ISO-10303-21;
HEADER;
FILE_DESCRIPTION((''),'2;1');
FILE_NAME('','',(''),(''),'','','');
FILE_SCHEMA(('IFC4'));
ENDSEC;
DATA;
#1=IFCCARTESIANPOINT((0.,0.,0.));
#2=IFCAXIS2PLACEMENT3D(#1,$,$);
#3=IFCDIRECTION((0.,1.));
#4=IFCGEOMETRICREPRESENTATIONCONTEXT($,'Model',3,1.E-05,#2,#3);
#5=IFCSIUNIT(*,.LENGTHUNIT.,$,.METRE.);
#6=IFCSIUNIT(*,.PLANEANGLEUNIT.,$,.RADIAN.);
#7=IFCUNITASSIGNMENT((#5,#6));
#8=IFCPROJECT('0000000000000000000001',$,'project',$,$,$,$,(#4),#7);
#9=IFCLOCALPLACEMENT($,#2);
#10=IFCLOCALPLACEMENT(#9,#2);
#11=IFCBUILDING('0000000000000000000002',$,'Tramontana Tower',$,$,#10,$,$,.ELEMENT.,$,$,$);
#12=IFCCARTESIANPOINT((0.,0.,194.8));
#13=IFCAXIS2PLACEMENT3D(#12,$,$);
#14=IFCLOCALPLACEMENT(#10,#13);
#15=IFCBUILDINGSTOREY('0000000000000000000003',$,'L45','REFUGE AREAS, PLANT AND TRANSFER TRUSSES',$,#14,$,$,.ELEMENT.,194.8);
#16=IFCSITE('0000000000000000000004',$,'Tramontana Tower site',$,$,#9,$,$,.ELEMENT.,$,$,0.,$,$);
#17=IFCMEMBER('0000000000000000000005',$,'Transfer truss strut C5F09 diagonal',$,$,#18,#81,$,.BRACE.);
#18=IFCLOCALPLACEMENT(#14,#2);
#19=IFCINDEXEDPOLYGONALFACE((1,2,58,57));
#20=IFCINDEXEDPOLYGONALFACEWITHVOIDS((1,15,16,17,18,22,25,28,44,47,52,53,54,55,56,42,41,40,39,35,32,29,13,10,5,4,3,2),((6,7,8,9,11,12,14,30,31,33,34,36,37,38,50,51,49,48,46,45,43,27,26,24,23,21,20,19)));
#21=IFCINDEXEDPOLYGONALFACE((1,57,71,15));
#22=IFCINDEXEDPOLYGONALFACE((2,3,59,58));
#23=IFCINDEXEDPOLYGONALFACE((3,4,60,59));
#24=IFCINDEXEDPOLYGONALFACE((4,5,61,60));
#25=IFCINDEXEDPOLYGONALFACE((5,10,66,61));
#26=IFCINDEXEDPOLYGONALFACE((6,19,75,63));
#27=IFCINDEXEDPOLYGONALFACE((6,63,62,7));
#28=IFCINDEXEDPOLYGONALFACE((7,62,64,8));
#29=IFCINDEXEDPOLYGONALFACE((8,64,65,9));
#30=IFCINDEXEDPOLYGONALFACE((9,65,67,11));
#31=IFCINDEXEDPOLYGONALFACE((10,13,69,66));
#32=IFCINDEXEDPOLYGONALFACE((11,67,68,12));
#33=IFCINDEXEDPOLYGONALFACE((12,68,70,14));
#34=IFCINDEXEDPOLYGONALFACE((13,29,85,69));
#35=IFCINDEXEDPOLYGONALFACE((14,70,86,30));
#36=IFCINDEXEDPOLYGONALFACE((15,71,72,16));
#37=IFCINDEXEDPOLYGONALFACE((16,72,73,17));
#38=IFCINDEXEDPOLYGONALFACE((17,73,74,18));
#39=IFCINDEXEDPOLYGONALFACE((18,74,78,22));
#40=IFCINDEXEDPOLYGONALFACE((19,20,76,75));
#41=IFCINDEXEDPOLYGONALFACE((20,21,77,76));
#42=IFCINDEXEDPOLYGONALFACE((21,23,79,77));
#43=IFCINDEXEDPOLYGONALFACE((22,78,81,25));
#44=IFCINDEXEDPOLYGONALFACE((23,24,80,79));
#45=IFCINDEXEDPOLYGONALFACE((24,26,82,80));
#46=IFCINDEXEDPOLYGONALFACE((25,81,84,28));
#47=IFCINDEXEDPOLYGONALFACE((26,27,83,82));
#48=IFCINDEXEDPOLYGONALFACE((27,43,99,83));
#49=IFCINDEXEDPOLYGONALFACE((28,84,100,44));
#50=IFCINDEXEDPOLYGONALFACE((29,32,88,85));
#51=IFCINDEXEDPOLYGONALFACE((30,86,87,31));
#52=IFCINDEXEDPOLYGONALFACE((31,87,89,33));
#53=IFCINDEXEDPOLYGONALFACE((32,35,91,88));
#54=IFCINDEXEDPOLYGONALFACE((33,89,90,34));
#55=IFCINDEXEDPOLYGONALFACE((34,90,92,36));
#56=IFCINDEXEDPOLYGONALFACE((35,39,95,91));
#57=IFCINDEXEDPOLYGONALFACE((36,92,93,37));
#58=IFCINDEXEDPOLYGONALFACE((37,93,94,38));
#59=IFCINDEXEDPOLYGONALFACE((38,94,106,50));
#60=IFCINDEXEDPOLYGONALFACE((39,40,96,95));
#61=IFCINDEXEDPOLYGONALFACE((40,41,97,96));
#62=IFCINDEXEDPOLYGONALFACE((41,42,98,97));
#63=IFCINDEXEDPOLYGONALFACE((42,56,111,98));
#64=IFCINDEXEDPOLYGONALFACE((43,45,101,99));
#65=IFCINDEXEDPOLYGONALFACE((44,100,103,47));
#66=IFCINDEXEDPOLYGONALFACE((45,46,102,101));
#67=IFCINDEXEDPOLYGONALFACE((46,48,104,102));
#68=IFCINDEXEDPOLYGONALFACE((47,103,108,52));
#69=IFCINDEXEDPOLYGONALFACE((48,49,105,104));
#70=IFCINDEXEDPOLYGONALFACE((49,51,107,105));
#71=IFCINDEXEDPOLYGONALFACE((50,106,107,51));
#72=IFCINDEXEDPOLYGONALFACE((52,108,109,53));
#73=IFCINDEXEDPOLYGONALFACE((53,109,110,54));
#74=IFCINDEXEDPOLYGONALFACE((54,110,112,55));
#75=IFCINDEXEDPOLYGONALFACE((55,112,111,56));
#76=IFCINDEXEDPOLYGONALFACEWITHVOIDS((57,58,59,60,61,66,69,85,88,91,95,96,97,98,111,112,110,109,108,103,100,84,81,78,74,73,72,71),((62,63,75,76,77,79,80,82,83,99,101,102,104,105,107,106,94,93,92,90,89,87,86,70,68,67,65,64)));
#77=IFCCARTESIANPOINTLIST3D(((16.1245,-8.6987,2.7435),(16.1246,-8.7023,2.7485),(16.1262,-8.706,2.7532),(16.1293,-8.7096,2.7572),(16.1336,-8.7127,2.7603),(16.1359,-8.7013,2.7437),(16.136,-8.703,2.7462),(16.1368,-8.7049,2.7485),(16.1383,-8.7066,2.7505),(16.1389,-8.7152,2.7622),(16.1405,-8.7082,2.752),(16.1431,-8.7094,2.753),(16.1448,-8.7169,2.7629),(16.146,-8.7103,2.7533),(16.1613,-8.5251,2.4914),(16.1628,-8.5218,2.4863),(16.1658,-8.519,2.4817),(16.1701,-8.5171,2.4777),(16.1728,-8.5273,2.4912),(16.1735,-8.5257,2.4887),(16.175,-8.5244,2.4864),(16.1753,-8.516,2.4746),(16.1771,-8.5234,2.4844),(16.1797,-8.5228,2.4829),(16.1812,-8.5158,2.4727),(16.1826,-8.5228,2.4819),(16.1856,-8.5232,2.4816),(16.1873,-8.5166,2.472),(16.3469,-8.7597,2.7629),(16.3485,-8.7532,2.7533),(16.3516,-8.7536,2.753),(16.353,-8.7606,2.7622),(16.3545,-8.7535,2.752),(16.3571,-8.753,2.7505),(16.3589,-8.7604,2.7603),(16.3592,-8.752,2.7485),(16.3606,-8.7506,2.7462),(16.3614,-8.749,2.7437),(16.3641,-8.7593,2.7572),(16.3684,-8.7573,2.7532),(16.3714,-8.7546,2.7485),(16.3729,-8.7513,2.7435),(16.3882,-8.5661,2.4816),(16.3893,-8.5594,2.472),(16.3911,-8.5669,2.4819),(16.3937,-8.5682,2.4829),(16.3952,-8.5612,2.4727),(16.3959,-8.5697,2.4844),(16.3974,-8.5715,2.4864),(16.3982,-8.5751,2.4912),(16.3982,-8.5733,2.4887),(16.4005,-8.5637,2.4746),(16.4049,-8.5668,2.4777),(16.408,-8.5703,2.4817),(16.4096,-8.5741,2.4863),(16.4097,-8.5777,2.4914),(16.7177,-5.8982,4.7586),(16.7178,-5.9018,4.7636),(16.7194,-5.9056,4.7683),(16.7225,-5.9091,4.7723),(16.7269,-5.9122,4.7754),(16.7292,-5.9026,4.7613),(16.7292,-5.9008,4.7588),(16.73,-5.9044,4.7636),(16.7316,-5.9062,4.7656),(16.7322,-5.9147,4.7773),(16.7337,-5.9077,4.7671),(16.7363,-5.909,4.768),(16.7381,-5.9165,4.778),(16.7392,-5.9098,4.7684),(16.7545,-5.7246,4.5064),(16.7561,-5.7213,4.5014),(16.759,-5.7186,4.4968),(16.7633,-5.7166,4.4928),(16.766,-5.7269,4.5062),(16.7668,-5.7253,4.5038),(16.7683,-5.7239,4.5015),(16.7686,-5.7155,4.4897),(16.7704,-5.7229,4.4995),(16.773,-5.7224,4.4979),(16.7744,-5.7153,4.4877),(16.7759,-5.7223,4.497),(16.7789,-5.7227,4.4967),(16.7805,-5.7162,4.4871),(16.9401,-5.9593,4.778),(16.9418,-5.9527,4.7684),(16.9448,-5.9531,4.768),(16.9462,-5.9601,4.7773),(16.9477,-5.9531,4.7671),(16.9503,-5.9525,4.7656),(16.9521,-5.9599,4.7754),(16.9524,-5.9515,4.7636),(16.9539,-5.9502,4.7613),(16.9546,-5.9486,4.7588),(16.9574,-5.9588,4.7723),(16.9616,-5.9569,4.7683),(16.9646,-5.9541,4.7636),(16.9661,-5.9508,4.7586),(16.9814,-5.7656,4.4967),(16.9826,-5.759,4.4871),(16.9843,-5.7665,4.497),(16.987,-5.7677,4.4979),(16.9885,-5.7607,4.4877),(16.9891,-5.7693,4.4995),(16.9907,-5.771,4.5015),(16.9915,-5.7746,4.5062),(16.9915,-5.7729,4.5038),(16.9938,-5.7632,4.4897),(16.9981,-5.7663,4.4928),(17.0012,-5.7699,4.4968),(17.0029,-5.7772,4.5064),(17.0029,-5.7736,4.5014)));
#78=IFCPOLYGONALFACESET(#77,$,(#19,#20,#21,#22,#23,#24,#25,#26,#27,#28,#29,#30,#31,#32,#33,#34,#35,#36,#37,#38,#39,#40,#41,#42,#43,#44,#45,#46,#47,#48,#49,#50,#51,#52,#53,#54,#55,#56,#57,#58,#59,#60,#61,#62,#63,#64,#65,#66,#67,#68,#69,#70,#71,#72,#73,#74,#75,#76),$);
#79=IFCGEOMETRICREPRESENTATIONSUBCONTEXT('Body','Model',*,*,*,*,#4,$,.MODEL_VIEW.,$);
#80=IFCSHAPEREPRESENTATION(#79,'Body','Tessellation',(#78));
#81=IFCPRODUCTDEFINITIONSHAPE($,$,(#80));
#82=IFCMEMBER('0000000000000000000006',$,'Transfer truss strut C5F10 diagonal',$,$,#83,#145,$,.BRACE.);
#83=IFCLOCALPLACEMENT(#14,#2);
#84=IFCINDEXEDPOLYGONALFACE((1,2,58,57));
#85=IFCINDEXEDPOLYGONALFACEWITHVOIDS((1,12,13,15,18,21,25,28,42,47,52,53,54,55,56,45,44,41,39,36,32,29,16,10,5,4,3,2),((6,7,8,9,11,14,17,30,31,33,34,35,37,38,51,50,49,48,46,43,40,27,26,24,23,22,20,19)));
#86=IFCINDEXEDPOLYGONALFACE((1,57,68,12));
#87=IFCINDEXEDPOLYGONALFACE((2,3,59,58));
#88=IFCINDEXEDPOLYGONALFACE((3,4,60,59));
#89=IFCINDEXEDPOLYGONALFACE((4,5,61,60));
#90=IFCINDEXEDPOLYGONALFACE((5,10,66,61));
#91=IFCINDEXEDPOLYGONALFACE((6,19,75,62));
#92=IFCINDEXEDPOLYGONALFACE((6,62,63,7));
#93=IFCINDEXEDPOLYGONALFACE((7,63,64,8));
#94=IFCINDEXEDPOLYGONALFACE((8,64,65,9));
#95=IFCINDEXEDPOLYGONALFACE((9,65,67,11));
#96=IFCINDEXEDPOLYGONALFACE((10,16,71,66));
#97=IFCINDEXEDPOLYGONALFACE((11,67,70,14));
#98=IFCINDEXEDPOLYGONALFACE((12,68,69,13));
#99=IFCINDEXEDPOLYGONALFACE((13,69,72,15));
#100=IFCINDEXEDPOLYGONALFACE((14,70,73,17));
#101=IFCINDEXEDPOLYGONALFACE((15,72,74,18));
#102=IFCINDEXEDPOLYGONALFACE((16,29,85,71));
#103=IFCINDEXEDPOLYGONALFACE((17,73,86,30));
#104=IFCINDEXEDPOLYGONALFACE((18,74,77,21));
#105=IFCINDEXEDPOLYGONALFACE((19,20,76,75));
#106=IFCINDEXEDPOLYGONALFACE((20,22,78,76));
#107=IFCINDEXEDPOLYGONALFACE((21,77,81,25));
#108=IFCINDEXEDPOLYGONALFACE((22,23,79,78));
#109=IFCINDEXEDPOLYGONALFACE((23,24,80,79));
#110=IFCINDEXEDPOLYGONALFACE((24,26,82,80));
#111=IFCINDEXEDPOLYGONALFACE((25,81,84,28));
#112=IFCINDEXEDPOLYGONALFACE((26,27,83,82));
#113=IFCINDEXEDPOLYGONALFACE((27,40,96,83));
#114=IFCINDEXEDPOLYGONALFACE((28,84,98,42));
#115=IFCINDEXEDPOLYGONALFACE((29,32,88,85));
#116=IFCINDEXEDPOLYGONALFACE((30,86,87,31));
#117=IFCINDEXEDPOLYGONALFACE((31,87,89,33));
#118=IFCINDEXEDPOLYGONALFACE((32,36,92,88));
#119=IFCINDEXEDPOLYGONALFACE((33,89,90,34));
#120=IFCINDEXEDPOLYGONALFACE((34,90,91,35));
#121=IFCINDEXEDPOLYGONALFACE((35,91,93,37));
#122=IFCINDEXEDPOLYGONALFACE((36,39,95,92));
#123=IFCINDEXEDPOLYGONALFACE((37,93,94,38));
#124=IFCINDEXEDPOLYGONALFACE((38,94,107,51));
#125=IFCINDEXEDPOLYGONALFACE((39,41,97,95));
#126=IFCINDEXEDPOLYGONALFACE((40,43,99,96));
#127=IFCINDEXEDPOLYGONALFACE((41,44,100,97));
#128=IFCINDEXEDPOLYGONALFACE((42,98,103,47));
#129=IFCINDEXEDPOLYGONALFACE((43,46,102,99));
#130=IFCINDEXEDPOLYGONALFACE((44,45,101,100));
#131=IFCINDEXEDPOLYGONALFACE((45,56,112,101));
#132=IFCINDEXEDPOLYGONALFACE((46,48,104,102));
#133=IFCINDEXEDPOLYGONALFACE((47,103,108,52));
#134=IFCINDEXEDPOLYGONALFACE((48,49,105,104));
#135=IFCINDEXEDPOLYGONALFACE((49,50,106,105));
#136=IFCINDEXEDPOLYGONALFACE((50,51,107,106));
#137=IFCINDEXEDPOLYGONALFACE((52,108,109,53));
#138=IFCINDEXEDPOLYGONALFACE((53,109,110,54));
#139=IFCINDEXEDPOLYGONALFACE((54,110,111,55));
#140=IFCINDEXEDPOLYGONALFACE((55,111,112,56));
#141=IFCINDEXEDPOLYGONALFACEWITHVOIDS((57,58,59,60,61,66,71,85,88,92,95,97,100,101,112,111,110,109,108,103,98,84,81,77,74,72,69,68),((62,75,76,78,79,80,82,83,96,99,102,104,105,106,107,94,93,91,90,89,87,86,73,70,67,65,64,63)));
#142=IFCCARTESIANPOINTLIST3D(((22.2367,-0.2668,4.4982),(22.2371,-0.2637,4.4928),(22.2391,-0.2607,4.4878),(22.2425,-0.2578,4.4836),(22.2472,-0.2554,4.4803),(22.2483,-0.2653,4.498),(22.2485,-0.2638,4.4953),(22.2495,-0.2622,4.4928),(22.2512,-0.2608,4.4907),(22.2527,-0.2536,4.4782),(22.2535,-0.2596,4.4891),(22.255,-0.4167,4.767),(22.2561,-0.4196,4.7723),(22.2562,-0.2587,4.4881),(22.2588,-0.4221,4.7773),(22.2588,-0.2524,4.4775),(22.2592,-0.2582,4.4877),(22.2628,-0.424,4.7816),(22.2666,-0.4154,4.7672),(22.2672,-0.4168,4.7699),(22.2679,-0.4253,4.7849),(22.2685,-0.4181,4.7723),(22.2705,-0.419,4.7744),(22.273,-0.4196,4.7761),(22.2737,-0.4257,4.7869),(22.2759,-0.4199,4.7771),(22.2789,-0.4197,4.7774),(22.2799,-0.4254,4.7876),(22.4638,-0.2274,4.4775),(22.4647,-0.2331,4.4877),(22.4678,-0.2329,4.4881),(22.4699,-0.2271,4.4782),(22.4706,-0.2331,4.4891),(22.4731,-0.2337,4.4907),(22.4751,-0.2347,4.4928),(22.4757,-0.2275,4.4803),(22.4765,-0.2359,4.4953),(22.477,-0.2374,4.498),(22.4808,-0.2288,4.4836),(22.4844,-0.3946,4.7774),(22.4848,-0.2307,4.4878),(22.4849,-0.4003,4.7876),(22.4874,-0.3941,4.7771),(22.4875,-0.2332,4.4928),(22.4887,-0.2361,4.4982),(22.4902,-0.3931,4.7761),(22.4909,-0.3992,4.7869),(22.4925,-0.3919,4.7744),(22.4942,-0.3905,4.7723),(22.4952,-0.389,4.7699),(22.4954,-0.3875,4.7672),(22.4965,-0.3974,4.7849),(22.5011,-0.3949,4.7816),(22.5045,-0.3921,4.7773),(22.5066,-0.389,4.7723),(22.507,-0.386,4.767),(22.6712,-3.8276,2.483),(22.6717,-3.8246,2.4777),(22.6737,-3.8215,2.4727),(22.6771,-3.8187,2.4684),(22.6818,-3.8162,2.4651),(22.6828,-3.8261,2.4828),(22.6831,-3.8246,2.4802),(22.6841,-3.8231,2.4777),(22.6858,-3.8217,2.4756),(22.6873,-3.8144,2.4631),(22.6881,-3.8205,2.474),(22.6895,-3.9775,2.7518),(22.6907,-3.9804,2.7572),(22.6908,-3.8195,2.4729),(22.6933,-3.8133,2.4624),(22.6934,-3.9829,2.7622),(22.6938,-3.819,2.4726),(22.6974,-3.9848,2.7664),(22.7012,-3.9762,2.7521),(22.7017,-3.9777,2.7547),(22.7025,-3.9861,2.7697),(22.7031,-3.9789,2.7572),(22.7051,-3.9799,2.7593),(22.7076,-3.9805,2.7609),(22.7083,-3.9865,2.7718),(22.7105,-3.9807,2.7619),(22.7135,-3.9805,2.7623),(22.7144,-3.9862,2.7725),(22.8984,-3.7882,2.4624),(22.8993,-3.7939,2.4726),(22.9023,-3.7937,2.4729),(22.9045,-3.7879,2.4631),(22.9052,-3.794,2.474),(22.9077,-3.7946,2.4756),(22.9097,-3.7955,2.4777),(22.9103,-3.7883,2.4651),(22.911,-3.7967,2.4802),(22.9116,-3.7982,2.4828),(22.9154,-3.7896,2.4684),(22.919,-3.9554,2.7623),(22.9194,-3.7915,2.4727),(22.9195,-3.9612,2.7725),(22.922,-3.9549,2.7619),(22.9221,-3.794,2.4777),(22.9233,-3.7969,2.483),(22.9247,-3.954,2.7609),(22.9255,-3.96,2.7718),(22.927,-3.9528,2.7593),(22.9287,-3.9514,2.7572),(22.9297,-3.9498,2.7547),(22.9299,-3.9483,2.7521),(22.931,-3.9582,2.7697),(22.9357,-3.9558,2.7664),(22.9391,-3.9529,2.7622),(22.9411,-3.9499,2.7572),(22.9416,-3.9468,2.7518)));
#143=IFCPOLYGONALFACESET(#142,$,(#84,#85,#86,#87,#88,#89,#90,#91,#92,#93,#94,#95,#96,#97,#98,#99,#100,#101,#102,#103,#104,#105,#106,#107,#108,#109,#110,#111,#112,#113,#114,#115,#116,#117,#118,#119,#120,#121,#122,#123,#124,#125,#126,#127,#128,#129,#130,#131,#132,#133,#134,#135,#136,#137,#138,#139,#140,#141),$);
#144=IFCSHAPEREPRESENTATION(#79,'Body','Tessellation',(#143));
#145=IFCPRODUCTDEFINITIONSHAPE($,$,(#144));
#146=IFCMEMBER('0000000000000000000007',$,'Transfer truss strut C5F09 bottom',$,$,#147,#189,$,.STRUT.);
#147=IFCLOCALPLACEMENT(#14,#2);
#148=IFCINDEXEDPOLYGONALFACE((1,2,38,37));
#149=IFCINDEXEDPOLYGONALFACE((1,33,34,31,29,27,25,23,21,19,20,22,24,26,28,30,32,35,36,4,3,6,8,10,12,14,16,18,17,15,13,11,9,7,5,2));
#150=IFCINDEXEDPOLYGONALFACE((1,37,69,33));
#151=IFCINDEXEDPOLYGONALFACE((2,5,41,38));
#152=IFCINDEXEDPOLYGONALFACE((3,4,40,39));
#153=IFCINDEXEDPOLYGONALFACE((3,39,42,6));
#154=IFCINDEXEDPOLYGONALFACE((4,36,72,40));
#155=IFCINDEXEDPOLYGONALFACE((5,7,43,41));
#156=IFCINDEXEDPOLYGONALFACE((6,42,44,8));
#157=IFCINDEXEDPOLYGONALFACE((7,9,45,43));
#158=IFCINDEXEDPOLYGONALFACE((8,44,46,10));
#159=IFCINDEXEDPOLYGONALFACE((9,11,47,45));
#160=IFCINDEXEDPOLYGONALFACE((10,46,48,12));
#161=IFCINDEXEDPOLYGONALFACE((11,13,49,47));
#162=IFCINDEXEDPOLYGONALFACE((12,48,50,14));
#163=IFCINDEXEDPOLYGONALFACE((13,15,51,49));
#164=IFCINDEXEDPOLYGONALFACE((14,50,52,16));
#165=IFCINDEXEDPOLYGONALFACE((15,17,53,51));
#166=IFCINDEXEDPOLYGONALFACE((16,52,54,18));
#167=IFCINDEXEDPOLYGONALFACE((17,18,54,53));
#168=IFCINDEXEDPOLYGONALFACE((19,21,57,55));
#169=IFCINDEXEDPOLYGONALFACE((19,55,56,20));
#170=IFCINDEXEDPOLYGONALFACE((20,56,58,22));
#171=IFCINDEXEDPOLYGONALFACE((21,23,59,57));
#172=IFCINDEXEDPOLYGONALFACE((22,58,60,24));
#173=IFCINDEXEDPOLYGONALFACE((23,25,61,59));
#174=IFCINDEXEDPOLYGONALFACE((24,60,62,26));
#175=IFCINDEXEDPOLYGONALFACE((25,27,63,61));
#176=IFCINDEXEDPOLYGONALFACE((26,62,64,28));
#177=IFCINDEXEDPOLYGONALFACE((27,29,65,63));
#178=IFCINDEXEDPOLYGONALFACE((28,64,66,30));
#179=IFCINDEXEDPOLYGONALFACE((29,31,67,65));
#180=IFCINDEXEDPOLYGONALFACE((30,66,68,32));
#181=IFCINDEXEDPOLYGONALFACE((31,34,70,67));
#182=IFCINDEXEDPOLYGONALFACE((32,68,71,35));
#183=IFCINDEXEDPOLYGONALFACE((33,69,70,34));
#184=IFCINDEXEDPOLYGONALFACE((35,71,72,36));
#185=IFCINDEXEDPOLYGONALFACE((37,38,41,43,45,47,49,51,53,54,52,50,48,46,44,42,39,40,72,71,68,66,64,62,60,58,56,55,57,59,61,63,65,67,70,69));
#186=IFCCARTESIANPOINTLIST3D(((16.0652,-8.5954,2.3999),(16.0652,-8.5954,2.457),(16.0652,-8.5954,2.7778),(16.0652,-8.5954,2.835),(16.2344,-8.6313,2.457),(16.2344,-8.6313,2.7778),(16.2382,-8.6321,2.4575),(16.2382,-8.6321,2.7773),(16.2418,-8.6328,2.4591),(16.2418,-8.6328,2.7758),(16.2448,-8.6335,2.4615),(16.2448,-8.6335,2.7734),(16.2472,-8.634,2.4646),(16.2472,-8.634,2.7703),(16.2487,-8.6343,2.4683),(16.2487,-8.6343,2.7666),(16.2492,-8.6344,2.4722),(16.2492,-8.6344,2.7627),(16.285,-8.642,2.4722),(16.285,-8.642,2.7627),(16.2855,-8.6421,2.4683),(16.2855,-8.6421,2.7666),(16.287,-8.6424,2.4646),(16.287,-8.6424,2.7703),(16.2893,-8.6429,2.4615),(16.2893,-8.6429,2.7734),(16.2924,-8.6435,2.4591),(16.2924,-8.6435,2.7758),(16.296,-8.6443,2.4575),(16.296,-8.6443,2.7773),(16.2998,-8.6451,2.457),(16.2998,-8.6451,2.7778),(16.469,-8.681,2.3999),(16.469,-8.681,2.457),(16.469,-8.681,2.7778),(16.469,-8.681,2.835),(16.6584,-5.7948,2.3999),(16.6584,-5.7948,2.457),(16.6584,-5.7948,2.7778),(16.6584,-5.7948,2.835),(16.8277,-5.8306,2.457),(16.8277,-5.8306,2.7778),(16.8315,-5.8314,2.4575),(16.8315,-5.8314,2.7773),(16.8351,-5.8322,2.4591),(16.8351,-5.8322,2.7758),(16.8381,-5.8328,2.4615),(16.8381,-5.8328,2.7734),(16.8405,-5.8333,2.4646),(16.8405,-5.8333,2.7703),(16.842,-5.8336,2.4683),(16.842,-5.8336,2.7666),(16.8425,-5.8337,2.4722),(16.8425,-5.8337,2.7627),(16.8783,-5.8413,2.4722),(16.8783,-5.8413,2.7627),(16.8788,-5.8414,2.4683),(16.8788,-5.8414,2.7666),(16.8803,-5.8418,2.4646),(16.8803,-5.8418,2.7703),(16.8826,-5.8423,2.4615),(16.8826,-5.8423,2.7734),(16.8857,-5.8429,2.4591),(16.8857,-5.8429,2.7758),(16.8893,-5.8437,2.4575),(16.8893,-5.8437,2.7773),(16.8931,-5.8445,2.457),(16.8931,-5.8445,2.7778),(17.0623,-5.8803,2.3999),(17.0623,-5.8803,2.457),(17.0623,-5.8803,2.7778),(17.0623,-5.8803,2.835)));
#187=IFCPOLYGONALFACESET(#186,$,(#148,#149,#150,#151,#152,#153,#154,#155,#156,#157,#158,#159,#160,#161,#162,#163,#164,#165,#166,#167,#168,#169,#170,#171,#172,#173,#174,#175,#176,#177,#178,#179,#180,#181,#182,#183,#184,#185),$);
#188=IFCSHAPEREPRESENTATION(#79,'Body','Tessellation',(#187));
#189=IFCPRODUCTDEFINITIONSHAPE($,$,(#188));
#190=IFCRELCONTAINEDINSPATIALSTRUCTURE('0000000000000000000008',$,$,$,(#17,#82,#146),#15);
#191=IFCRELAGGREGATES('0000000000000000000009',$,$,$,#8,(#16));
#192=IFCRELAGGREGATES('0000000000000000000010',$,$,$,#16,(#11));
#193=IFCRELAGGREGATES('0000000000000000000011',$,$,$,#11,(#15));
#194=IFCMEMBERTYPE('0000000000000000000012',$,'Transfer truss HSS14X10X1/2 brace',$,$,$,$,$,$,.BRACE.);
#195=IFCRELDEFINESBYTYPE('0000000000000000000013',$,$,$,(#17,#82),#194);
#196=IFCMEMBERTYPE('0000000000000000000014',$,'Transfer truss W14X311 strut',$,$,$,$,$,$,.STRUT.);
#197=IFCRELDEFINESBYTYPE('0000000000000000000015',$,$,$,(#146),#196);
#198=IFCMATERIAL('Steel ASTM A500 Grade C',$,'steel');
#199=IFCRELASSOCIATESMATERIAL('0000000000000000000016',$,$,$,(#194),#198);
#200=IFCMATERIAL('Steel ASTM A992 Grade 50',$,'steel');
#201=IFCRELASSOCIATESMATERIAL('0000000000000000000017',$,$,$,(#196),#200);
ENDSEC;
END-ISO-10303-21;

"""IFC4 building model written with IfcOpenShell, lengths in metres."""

from ifc_helpers import new_model, si_unit, direction, frame, origin, origin_2d, place, context, subcontext, project, spatial, hollow_rectangle, i_section, extrude, material, material_profile, profile_set, type_object, element, save


model = new_model("IFC4")

# Units and contexts
model_context = context("Model", 3, precision=1e-05, world=origin(), true_north=direction((0.0, 1.0)))
body_context = subcontext(model_context, "Body", "Model", "MODEL_VIEW")
ifc_project = project(units=[si_unit("LENGTHUNIT", "METRE"), si_unit("PLANEANGLEUNIT", "RADIAN")], contexts=[model_context])

# Site, building, storey
site_placement = place(None, origin())
site = spatial("IfcSite", under=ifc_project, at=site_placement, Name="Tramontana Tower site", CompositionType="ELEMENT", RefElevation=0.0)
building_placement = place(site_placement, origin())
building = spatial("IfcBuilding", under=site, at=building_placement, Name="Tramontana Tower", CompositionType="ELEMENT")
storey_placement = place(building_placement, frame((0.0, 0.0, 194.8)))
storey = spatial("IfcBuildingStorey", under=building, at=storey_placement, Name="L45", Description="REFUGE AREAS, PLANT AND TRANSFER TRUSSES", CompositionType="ELEMENT", Elevation=194.8)

# Members
ifc_material_1 = material(Name="Steel ASTM A500 Grade C", Category="steel")
ifc_material_profile_1 = material_profile(ifc_material_1, hollow_rectangle(XDim=0.2539, YDim=0.3557, WallThickness=0.0117, InnerFilletRadius=0.0117, OuterFilletRadius=0.0237, at=origin_2d()), Name="HSS14X10X1/2")
ifc_profile_set_1 = profile_set([ifc_material_profile_1], Name="Steel ASTM A500 Grade C")
member_type_1 = type_object("IfcMemberType", Name="Transfer truss HSS14X10X1/2 brace", PredefinedType="BRACE", material=ifc_profile_set_1)
member_1_placement = place(storey_placement, frame((16.2671, -8.6382, 2.6174), z_axis=(0.169464, 0.799966, 0.575618), x_axis=(-0.97829, 0.20724, 0.0)))
element("IfcMember", 1, at=member_1_placement, inside=storey, type_object=member_type_1, Name="Transfer truss strut C5F09 diagonal", PredefinedType="BRACE", context=body_context, shape_type="SweptSolid", body=[
    extrude(hollow_rectangle(XDim=0.2539, YDim=0.3557, WallThickness=0.0117, InnerFilletRadius=0.0117, OuterFilletRadius=0.0237, at=origin_2d()), origin(), (0.0, 0.0, 1.0), 3.5007),
])
member_2_placement = place(storey_placement, frame((22.8064, -3.8872, 2.6174), z_axis=(-0.10562, 0.865431, 0.489768), x_axis=(-0.992635, -0.121144, 0.0)))
element("IfcMember", 2, at=member_2_placement, inside=storey, type_object=member_type_1, Name="Transfer truss strut C5F10 diagonal", PredefinedType="BRACE", context=body_context, shape_type="SweptSolid", body=[
    extrude(hollow_rectangle(XDim=0.2539, YDim=0.3557, WallThickness=0.0117, InnerFilletRadius=0.0117, OuterFilletRadius=0.0237, at=origin_2d()), origin(), (0.0, 0.0, 1.0), 4.1145),
])
ifc_material_2 = material(Name="Steel ASTM A992 Grade 50", Category="steel")
ifc_material_profile_2 = material_profile(ifc_material_2, i_section(OverallWidth=0.4128, OverallDepth=0.4351, WebThickness=0.0366, FlangeThickness=0.0571, FilletRadius=0.0151, at=origin_2d()), Name="W14X311")
ifc_profile_set_2 = profile_set([ifc_material_profile_2], Name="Steel ASTM A992 Grade 50")
member_type_2 = type_object("IfcMemberType", Name="Transfer truss W14X311 strut", PredefinedType="STRUT", material=ifc_profile_set_2)
member_3_placement = place(storey_placement, frame((16.2671, -8.6382, 2.6174), z_axis=(0.20724, 0.97829, 0.0), x_axis=(-0.97829, 0.20724, 0.0)))
element("IfcMember", 3, at=member_3_placement, inside=storey, type_object=member_type_2, Name="Transfer truss strut C5F09 bottom", PredefinedType="STRUT", context=body_context, shape_type="SweptSolid", body=[
    extrude(i_section(OverallWidth=0.4128, OverallDepth=0.4351, WebThickness=0.0366, FlangeThickness=0.0571, FilletRadius=0.0151, at=origin_2d()), origin(), (0.0, 0.0, 1.0), 2.8628),
])

save(model, "model.ifc")
